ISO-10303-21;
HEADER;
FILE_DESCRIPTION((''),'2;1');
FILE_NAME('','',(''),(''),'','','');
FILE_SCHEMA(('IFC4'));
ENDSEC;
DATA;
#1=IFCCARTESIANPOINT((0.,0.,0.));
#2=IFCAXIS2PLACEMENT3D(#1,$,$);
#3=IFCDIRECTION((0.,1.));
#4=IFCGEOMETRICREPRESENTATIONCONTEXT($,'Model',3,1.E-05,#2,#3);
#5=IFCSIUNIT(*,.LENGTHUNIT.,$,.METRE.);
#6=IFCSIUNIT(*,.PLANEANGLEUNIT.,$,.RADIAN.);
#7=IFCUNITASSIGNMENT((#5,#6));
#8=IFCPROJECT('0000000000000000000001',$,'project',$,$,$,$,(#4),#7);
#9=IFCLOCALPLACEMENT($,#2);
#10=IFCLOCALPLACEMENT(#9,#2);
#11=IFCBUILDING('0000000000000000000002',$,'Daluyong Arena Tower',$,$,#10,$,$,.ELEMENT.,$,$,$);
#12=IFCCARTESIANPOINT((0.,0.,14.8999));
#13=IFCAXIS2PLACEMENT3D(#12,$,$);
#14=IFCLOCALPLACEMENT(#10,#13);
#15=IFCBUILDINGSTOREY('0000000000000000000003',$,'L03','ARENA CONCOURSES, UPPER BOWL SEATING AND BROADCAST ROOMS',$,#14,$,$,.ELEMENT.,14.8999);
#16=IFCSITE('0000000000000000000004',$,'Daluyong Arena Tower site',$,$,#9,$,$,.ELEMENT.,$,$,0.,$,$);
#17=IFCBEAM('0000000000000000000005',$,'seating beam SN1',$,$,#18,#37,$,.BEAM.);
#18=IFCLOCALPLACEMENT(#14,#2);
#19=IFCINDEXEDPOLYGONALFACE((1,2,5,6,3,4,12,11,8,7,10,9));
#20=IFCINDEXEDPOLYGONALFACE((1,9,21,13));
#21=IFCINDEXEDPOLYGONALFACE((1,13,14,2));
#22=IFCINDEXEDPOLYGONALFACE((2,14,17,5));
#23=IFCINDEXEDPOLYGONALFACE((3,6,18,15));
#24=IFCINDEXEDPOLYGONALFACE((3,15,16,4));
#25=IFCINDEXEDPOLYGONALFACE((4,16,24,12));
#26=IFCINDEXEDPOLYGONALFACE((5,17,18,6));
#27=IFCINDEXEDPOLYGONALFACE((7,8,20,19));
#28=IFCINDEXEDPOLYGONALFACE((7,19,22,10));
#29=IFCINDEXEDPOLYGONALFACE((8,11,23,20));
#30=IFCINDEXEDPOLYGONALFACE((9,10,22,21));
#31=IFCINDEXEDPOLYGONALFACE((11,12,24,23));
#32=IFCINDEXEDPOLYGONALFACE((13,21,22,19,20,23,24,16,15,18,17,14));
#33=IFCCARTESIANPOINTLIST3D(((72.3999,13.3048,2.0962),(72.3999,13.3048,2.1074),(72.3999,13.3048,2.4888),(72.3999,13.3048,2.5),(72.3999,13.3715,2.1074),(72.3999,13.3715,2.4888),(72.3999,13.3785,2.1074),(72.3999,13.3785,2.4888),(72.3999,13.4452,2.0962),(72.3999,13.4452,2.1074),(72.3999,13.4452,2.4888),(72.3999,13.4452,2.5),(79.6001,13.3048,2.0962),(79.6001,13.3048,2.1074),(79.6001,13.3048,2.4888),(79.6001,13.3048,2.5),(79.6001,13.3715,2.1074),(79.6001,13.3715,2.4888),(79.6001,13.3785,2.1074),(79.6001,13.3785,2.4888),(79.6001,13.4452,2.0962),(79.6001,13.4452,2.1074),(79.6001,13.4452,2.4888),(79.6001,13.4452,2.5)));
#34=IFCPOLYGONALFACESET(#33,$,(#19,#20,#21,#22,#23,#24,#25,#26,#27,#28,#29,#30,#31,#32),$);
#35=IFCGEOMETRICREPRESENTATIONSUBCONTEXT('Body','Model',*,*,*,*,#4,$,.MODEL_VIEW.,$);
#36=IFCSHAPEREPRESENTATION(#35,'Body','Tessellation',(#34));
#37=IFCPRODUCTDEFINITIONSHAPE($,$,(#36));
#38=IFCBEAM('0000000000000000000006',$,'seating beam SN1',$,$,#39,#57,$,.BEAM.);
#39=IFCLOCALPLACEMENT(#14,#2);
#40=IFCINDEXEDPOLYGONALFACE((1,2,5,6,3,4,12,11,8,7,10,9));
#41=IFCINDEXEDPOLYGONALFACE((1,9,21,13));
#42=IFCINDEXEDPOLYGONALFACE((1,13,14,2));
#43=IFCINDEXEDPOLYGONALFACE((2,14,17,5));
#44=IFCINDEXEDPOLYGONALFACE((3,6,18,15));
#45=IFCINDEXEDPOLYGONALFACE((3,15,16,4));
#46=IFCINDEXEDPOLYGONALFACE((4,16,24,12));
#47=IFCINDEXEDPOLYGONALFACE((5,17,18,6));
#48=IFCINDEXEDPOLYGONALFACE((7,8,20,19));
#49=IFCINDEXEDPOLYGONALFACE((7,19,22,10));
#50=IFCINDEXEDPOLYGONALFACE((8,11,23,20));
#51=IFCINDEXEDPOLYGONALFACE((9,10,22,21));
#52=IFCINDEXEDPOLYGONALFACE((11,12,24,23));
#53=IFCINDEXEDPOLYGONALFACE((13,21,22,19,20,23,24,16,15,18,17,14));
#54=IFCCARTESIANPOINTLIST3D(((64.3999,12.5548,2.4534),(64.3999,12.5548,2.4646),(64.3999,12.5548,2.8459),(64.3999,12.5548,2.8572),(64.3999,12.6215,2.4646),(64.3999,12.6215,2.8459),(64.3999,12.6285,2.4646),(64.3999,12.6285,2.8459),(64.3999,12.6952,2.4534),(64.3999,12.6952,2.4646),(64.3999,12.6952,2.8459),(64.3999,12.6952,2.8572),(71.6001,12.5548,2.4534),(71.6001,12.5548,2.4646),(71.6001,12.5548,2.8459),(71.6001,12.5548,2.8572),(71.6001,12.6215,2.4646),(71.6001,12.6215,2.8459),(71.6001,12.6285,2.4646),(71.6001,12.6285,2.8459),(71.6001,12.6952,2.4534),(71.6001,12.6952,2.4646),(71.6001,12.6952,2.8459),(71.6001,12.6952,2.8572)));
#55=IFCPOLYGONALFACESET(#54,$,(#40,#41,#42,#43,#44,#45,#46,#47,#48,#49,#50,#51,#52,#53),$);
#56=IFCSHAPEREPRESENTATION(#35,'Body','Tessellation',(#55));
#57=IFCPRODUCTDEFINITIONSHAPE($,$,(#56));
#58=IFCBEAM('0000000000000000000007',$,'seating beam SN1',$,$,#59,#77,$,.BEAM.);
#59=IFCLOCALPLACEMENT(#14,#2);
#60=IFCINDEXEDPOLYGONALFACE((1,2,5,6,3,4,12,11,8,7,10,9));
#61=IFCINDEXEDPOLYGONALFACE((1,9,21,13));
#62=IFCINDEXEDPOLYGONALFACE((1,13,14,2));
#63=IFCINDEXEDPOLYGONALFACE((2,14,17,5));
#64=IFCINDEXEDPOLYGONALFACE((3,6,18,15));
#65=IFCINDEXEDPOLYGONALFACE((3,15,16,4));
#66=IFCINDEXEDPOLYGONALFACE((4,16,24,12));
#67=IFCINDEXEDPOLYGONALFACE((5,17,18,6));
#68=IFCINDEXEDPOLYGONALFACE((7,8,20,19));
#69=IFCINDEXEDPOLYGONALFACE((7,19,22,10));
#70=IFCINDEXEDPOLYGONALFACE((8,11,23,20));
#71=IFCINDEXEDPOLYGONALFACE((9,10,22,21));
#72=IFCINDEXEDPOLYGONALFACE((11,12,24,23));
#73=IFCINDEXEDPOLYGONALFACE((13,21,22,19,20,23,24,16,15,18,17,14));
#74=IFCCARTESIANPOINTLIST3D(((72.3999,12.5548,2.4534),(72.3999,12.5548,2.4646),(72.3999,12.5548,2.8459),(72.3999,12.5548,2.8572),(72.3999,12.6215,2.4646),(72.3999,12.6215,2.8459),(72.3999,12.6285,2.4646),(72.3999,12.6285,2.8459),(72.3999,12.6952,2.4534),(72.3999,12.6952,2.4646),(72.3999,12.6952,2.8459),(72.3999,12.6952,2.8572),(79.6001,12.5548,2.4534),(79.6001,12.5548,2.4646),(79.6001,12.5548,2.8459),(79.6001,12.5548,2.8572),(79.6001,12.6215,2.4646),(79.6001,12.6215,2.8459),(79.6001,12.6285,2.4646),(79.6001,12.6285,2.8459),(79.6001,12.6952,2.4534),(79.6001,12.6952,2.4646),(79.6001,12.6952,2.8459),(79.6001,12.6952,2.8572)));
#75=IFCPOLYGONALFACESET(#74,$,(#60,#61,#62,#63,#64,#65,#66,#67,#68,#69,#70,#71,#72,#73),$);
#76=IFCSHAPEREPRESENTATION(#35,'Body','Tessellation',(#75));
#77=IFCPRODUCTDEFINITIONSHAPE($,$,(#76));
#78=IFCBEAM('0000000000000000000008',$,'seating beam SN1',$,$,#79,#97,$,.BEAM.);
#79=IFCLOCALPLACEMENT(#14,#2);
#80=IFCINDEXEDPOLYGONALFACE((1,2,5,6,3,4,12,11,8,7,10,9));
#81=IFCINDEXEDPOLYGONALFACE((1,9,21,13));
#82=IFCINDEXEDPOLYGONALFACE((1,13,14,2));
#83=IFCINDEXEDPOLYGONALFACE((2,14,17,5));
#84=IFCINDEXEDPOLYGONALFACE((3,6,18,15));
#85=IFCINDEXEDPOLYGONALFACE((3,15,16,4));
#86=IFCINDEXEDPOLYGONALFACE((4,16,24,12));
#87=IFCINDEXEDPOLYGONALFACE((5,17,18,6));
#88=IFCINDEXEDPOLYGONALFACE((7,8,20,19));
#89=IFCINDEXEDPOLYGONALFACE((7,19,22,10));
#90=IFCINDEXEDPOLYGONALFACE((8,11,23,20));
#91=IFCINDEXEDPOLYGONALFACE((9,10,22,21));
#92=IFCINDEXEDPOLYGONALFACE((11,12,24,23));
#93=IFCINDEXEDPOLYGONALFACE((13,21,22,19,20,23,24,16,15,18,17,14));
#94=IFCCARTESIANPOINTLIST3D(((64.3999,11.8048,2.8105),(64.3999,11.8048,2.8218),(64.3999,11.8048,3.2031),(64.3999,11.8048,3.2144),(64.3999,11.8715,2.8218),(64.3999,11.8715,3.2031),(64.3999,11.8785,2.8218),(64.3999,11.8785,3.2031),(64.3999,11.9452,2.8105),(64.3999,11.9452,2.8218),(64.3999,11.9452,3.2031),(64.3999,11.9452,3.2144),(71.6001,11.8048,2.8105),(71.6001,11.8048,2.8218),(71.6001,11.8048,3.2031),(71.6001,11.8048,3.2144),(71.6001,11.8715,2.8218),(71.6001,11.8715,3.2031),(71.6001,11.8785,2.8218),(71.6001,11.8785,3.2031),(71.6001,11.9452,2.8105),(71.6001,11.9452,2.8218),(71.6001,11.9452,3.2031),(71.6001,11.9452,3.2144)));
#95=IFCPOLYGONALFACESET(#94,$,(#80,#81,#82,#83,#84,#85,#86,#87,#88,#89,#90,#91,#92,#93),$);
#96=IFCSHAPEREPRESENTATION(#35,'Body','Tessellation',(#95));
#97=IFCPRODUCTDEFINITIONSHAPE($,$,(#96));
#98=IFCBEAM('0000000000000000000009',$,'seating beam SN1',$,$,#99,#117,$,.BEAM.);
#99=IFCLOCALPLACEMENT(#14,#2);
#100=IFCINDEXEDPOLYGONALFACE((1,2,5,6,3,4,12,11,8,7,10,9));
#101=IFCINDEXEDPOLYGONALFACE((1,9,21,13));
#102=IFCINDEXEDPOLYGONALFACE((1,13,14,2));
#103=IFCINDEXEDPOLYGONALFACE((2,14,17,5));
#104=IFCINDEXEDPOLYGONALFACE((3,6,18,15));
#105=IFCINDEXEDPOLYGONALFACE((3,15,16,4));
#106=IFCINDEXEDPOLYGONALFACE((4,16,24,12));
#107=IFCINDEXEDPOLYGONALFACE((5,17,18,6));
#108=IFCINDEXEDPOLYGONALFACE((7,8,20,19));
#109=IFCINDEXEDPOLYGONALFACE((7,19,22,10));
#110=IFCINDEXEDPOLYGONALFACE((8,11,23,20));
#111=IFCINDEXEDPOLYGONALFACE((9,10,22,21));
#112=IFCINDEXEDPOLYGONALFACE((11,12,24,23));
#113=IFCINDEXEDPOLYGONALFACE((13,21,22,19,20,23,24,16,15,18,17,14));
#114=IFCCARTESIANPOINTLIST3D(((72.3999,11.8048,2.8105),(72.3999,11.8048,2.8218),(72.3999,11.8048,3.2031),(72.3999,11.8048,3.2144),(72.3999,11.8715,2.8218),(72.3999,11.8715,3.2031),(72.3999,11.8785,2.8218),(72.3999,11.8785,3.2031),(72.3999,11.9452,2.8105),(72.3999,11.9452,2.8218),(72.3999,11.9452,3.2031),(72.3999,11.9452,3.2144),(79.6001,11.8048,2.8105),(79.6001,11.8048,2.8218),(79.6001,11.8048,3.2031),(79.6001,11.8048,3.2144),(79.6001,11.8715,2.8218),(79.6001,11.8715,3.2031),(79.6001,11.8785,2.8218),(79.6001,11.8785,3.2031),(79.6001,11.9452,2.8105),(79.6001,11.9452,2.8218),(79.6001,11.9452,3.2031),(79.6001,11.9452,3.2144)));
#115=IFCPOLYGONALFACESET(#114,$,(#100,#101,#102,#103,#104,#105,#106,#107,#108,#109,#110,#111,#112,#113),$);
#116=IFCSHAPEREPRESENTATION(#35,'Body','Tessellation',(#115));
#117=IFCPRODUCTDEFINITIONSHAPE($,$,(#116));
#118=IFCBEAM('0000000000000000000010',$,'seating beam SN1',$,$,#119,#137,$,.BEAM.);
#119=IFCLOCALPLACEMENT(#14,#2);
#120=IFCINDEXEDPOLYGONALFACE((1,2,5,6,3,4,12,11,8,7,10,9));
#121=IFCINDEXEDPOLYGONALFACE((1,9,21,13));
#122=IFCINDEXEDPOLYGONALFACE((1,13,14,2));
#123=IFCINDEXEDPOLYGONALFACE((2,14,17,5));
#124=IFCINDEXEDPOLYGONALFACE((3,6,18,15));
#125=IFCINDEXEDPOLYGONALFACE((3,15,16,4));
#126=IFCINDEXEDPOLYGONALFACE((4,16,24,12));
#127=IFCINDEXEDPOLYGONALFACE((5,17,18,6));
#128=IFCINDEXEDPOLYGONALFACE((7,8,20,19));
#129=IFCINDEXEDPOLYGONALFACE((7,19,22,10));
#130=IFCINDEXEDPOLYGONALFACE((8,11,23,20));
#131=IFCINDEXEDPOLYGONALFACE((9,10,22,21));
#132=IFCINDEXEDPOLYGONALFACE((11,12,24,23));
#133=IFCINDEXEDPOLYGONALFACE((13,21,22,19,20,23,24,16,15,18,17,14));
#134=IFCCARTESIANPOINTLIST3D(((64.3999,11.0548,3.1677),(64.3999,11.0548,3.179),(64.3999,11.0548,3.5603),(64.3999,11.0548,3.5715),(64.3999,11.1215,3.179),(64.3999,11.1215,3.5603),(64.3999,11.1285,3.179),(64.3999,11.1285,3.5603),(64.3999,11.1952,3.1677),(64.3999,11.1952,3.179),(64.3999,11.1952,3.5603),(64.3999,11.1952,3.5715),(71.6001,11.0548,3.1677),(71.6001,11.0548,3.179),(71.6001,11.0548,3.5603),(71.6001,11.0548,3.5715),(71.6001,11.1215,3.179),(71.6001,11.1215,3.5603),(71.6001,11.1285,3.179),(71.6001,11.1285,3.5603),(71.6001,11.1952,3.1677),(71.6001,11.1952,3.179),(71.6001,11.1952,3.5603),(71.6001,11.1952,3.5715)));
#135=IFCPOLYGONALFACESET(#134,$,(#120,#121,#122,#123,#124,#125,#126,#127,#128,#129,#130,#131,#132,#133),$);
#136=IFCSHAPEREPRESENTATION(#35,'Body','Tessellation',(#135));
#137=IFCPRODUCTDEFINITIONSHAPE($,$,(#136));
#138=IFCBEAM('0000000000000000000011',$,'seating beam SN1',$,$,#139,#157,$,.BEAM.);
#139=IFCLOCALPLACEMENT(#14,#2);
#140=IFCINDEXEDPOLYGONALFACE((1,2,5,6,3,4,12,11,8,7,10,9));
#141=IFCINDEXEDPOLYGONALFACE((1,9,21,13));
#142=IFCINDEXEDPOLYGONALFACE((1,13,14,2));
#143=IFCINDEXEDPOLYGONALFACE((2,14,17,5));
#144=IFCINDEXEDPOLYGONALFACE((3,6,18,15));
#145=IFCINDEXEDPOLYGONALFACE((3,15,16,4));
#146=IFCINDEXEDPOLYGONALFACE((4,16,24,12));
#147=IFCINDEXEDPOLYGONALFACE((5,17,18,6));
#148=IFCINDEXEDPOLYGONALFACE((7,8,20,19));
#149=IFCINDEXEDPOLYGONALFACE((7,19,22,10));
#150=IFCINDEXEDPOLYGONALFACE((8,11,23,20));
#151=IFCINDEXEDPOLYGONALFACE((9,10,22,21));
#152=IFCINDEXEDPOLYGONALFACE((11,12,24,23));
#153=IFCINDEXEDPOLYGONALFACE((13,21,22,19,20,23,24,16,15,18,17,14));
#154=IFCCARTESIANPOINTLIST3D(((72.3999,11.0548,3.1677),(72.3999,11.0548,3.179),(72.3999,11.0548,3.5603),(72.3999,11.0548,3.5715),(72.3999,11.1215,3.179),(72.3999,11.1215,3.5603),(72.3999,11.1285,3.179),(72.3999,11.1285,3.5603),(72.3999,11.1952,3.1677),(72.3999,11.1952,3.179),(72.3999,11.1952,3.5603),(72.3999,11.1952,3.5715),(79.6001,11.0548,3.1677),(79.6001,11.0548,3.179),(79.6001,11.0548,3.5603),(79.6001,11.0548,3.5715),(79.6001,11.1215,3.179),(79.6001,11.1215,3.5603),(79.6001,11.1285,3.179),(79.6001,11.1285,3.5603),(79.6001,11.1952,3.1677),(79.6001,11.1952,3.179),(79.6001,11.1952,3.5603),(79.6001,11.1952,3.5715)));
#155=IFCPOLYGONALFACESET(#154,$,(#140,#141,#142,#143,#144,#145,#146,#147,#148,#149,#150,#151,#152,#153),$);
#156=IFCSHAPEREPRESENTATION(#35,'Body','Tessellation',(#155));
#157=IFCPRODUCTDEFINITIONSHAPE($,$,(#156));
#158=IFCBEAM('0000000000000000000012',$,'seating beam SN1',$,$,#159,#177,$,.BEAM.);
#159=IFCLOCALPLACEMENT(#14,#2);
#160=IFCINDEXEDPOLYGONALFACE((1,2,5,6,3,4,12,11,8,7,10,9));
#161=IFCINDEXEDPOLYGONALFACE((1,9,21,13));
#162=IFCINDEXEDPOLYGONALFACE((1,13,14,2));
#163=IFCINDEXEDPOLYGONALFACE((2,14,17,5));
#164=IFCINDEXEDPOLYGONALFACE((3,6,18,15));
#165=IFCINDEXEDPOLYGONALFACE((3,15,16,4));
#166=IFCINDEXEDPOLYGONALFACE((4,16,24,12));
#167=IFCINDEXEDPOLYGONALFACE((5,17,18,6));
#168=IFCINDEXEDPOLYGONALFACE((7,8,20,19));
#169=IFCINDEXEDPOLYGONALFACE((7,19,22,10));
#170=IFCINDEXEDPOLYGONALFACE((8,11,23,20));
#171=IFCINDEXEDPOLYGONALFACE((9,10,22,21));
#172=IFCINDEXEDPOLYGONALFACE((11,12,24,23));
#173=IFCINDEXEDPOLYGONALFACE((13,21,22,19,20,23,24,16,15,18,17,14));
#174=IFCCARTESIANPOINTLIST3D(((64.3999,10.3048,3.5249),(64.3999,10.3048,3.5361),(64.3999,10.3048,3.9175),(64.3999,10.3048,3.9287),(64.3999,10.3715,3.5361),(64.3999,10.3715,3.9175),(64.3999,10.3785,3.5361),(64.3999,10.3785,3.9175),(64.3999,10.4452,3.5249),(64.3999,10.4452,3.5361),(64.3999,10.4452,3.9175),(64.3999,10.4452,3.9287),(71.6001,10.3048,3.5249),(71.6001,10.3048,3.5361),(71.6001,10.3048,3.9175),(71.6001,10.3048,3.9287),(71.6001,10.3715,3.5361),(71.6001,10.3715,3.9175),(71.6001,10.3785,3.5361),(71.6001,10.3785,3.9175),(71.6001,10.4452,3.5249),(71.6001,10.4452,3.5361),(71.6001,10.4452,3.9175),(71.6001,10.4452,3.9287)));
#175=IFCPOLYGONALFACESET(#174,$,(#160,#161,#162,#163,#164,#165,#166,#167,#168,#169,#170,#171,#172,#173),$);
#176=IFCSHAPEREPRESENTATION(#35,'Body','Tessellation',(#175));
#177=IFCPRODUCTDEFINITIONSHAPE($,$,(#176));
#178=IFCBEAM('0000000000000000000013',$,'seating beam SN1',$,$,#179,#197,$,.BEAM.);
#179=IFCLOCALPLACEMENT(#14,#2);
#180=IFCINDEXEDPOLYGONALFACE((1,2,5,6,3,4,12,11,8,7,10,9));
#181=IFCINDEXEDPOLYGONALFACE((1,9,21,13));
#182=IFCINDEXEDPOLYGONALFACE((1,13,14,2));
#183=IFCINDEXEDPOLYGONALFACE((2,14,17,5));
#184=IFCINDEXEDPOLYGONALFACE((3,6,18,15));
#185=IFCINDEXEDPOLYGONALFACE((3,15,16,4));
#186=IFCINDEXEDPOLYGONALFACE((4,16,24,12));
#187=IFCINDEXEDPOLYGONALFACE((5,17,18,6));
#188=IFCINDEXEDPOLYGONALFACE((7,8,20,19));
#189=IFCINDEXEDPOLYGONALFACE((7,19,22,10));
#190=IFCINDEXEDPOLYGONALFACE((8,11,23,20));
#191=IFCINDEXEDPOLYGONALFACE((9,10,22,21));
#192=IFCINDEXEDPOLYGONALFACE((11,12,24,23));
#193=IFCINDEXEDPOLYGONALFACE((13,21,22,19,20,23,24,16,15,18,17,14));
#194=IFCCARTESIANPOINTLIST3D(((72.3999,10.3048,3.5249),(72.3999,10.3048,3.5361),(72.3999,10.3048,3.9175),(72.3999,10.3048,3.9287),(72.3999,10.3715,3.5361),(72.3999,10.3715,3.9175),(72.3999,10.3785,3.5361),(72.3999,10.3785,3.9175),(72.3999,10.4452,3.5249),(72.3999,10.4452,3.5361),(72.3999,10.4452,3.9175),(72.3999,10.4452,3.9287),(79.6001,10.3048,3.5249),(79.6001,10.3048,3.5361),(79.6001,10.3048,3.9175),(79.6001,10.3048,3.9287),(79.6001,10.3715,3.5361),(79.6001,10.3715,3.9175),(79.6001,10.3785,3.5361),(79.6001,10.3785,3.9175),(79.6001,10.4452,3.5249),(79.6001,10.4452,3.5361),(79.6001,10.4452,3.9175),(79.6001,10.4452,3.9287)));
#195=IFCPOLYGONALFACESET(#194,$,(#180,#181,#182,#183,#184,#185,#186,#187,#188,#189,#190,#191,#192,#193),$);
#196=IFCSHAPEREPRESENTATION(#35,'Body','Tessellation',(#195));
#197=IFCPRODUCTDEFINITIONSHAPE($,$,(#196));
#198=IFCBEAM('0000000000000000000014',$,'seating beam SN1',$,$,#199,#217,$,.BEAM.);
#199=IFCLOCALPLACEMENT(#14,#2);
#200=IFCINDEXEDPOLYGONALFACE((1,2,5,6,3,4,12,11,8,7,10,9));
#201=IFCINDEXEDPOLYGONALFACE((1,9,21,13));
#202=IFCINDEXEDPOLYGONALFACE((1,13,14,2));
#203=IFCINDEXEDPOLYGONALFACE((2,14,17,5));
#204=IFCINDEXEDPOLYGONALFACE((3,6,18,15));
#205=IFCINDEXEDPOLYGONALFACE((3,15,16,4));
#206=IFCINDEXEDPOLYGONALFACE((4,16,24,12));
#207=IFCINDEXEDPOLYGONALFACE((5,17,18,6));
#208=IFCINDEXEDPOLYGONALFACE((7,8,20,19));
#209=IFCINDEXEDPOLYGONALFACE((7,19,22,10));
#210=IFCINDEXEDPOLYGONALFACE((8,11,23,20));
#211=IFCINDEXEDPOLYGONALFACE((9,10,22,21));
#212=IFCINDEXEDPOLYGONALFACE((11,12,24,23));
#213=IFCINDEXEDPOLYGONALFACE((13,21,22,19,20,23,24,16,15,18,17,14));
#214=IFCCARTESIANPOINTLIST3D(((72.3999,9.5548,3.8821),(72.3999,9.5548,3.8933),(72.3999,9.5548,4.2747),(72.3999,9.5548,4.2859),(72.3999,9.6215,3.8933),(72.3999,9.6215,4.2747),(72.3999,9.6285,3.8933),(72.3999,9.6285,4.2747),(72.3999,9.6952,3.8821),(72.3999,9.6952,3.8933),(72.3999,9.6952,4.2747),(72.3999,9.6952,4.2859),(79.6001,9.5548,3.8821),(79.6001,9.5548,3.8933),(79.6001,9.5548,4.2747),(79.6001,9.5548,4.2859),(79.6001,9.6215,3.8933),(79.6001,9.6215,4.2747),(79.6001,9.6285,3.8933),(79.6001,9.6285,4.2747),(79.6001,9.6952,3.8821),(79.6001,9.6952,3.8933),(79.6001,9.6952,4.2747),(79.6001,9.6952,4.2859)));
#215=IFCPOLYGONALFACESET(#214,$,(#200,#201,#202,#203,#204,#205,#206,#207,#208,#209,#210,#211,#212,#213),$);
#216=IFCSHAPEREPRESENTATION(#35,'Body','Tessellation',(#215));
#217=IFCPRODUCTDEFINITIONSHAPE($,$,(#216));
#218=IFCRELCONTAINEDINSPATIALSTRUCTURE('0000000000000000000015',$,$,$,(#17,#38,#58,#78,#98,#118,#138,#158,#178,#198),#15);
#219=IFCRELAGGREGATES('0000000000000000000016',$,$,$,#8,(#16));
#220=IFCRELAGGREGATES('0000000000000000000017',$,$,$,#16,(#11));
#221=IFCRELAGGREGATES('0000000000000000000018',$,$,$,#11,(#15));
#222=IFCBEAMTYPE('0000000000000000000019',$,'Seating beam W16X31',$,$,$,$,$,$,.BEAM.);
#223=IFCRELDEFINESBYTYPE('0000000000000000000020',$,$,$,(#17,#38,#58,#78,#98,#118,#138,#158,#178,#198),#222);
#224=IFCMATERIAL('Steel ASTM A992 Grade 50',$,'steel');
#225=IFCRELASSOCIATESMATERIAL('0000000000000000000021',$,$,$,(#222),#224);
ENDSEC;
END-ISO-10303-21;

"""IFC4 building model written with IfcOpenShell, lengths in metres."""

from ifc_helpers import new_model, si_unit, direction, frame, origin, origin_2d, place, context, subcontext, project, spatial, i_section, extrude, material, material_profile, profile_set, type_object, element, save


model = new_model("IFC4")

# Units and contexts
model_context = context("Model", 3, precision=1e-05, world=origin(), true_north=direction((0.0, 1.0)))
body_context = subcontext(model_context, "Body", "Model", "MODEL_VIEW")
ifc_project = project(units=[si_unit("LENGTHUNIT", "METRE"), si_unit("PLANEANGLEUNIT", "RADIAN")], contexts=[model_context])

# Site, building, storey
site_placement = place(None, origin())
site = spatial("IfcSite", under=ifc_project, at=site_placement, Name="Daluyong Arena Tower site", CompositionType="ELEMENT", RefElevation=0.0)
building_placement = place(site_placement, origin())
building = spatial("IfcBuilding", under=site, at=building_placement, Name="Daluyong Arena Tower", CompositionType="ELEMENT")
storey_placement = place(building_placement, frame((0.0, 0.0, 14.8999)))
storey = spatial("IfcBuildingStorey", under=building, at=storey_placement, Name="L03", Description="ARENA CONCOURSES, UPPER BOWL SEATING AND BROADCAST ROOMS", CompositionType="ELEMENT", Elevation=14.8999)

# Beams
ifc_material_1 = material(Name="Steel ASTM A992 Grade 50", Category="steel")
ifc_material_profile_1 = material_profile(ifc_material_1, i_section(OverallWidth=0.1404, OverallDepth=0.4038, WebThickness=0.0071, FlangeThickness=0.0112, at=origin_2d()))
ifc_profile_set_1 = profile_set([ifc_material_profile_1], Name="Steel ASTM A992 Grade 50")
beam_type_1 = type_object("IfcBeamType", Name="Seating beam W16X31", PredefinedType="BEAM", material=ifc_profile_set_1)
for number, where, z_axis, x_axis, name in (
    (1, (72.3999, 13.375, 2.2981), (1.0, 0.0, 0.0), (0.0, 1.0, 0.0), "seating beam SN1"),
    (2, (64.3999, 12.625, 2.6553), (1.0, 0.0, 0.0), (0.0, 1.0, 0.0), "seating beam SN1"),
    (3, (72.3999, 12.625, 2.6553), (1.0, 0.0, 0.0), (0.0, 1.0, 0.0), "seating beam SN1"),
    (4, (64.3999, 11.875, 3.0125), (1.0, 0.0, 0.0), (0.0, 1.0, 0.0), "seating beam SN1"),
    (5, (72.3999, 11.875, 3.0125), (1.0, 0.0, 0.0), (0.0, 1.0, 0.0), "seating beam SN1"),
    (6, (64.3999, 11.125, 3.3696), (1.0, 0.0, 0.0), (0.0, 1.0, 0.0), "seating beam SN1"),
    (7, (72.3999, 11.125, 3.3696), (1.0, 0.0, 0.0), (0.0, 1.0, 0.0), "seating beam SN1"),
    (8, (64.3999, 10.375, 3.7268), (1.0, 0.0, 0.0), (0.0, 1.0, 0.0), "seating beam SN1"),
    (9, (72.3999, 10.375, 3.7268), (1.0, 0.0, 0.0), (0.0, 1.0, 0.0), "seating beam SN1"),
    (10, (72.3999, 9.625, 4.084), (1.0, 0.0, 0.0), (0.0, 1.0, 0.0), "seating beam SN1"),
):
    element("IfcBeam", number, at=place(storey_placement, frame(where, z_axis=z_axis, x_axis=x_axis)), inside=storey, type_object=beam_type_1, Name=name, PredefinedType="BEAM", context=body_context, shape_type="SweptSolid", body=[
        extrude(i_section(OverallWidth=0.1404, OverallDepth=0.4038, WebThickness=0.0071, FlangeThickness=0.0112, at=origin_2d()), origin(), (0.0, 0.0, 1.0), 7.2002),
    ])

save(model, "model.ifc")
